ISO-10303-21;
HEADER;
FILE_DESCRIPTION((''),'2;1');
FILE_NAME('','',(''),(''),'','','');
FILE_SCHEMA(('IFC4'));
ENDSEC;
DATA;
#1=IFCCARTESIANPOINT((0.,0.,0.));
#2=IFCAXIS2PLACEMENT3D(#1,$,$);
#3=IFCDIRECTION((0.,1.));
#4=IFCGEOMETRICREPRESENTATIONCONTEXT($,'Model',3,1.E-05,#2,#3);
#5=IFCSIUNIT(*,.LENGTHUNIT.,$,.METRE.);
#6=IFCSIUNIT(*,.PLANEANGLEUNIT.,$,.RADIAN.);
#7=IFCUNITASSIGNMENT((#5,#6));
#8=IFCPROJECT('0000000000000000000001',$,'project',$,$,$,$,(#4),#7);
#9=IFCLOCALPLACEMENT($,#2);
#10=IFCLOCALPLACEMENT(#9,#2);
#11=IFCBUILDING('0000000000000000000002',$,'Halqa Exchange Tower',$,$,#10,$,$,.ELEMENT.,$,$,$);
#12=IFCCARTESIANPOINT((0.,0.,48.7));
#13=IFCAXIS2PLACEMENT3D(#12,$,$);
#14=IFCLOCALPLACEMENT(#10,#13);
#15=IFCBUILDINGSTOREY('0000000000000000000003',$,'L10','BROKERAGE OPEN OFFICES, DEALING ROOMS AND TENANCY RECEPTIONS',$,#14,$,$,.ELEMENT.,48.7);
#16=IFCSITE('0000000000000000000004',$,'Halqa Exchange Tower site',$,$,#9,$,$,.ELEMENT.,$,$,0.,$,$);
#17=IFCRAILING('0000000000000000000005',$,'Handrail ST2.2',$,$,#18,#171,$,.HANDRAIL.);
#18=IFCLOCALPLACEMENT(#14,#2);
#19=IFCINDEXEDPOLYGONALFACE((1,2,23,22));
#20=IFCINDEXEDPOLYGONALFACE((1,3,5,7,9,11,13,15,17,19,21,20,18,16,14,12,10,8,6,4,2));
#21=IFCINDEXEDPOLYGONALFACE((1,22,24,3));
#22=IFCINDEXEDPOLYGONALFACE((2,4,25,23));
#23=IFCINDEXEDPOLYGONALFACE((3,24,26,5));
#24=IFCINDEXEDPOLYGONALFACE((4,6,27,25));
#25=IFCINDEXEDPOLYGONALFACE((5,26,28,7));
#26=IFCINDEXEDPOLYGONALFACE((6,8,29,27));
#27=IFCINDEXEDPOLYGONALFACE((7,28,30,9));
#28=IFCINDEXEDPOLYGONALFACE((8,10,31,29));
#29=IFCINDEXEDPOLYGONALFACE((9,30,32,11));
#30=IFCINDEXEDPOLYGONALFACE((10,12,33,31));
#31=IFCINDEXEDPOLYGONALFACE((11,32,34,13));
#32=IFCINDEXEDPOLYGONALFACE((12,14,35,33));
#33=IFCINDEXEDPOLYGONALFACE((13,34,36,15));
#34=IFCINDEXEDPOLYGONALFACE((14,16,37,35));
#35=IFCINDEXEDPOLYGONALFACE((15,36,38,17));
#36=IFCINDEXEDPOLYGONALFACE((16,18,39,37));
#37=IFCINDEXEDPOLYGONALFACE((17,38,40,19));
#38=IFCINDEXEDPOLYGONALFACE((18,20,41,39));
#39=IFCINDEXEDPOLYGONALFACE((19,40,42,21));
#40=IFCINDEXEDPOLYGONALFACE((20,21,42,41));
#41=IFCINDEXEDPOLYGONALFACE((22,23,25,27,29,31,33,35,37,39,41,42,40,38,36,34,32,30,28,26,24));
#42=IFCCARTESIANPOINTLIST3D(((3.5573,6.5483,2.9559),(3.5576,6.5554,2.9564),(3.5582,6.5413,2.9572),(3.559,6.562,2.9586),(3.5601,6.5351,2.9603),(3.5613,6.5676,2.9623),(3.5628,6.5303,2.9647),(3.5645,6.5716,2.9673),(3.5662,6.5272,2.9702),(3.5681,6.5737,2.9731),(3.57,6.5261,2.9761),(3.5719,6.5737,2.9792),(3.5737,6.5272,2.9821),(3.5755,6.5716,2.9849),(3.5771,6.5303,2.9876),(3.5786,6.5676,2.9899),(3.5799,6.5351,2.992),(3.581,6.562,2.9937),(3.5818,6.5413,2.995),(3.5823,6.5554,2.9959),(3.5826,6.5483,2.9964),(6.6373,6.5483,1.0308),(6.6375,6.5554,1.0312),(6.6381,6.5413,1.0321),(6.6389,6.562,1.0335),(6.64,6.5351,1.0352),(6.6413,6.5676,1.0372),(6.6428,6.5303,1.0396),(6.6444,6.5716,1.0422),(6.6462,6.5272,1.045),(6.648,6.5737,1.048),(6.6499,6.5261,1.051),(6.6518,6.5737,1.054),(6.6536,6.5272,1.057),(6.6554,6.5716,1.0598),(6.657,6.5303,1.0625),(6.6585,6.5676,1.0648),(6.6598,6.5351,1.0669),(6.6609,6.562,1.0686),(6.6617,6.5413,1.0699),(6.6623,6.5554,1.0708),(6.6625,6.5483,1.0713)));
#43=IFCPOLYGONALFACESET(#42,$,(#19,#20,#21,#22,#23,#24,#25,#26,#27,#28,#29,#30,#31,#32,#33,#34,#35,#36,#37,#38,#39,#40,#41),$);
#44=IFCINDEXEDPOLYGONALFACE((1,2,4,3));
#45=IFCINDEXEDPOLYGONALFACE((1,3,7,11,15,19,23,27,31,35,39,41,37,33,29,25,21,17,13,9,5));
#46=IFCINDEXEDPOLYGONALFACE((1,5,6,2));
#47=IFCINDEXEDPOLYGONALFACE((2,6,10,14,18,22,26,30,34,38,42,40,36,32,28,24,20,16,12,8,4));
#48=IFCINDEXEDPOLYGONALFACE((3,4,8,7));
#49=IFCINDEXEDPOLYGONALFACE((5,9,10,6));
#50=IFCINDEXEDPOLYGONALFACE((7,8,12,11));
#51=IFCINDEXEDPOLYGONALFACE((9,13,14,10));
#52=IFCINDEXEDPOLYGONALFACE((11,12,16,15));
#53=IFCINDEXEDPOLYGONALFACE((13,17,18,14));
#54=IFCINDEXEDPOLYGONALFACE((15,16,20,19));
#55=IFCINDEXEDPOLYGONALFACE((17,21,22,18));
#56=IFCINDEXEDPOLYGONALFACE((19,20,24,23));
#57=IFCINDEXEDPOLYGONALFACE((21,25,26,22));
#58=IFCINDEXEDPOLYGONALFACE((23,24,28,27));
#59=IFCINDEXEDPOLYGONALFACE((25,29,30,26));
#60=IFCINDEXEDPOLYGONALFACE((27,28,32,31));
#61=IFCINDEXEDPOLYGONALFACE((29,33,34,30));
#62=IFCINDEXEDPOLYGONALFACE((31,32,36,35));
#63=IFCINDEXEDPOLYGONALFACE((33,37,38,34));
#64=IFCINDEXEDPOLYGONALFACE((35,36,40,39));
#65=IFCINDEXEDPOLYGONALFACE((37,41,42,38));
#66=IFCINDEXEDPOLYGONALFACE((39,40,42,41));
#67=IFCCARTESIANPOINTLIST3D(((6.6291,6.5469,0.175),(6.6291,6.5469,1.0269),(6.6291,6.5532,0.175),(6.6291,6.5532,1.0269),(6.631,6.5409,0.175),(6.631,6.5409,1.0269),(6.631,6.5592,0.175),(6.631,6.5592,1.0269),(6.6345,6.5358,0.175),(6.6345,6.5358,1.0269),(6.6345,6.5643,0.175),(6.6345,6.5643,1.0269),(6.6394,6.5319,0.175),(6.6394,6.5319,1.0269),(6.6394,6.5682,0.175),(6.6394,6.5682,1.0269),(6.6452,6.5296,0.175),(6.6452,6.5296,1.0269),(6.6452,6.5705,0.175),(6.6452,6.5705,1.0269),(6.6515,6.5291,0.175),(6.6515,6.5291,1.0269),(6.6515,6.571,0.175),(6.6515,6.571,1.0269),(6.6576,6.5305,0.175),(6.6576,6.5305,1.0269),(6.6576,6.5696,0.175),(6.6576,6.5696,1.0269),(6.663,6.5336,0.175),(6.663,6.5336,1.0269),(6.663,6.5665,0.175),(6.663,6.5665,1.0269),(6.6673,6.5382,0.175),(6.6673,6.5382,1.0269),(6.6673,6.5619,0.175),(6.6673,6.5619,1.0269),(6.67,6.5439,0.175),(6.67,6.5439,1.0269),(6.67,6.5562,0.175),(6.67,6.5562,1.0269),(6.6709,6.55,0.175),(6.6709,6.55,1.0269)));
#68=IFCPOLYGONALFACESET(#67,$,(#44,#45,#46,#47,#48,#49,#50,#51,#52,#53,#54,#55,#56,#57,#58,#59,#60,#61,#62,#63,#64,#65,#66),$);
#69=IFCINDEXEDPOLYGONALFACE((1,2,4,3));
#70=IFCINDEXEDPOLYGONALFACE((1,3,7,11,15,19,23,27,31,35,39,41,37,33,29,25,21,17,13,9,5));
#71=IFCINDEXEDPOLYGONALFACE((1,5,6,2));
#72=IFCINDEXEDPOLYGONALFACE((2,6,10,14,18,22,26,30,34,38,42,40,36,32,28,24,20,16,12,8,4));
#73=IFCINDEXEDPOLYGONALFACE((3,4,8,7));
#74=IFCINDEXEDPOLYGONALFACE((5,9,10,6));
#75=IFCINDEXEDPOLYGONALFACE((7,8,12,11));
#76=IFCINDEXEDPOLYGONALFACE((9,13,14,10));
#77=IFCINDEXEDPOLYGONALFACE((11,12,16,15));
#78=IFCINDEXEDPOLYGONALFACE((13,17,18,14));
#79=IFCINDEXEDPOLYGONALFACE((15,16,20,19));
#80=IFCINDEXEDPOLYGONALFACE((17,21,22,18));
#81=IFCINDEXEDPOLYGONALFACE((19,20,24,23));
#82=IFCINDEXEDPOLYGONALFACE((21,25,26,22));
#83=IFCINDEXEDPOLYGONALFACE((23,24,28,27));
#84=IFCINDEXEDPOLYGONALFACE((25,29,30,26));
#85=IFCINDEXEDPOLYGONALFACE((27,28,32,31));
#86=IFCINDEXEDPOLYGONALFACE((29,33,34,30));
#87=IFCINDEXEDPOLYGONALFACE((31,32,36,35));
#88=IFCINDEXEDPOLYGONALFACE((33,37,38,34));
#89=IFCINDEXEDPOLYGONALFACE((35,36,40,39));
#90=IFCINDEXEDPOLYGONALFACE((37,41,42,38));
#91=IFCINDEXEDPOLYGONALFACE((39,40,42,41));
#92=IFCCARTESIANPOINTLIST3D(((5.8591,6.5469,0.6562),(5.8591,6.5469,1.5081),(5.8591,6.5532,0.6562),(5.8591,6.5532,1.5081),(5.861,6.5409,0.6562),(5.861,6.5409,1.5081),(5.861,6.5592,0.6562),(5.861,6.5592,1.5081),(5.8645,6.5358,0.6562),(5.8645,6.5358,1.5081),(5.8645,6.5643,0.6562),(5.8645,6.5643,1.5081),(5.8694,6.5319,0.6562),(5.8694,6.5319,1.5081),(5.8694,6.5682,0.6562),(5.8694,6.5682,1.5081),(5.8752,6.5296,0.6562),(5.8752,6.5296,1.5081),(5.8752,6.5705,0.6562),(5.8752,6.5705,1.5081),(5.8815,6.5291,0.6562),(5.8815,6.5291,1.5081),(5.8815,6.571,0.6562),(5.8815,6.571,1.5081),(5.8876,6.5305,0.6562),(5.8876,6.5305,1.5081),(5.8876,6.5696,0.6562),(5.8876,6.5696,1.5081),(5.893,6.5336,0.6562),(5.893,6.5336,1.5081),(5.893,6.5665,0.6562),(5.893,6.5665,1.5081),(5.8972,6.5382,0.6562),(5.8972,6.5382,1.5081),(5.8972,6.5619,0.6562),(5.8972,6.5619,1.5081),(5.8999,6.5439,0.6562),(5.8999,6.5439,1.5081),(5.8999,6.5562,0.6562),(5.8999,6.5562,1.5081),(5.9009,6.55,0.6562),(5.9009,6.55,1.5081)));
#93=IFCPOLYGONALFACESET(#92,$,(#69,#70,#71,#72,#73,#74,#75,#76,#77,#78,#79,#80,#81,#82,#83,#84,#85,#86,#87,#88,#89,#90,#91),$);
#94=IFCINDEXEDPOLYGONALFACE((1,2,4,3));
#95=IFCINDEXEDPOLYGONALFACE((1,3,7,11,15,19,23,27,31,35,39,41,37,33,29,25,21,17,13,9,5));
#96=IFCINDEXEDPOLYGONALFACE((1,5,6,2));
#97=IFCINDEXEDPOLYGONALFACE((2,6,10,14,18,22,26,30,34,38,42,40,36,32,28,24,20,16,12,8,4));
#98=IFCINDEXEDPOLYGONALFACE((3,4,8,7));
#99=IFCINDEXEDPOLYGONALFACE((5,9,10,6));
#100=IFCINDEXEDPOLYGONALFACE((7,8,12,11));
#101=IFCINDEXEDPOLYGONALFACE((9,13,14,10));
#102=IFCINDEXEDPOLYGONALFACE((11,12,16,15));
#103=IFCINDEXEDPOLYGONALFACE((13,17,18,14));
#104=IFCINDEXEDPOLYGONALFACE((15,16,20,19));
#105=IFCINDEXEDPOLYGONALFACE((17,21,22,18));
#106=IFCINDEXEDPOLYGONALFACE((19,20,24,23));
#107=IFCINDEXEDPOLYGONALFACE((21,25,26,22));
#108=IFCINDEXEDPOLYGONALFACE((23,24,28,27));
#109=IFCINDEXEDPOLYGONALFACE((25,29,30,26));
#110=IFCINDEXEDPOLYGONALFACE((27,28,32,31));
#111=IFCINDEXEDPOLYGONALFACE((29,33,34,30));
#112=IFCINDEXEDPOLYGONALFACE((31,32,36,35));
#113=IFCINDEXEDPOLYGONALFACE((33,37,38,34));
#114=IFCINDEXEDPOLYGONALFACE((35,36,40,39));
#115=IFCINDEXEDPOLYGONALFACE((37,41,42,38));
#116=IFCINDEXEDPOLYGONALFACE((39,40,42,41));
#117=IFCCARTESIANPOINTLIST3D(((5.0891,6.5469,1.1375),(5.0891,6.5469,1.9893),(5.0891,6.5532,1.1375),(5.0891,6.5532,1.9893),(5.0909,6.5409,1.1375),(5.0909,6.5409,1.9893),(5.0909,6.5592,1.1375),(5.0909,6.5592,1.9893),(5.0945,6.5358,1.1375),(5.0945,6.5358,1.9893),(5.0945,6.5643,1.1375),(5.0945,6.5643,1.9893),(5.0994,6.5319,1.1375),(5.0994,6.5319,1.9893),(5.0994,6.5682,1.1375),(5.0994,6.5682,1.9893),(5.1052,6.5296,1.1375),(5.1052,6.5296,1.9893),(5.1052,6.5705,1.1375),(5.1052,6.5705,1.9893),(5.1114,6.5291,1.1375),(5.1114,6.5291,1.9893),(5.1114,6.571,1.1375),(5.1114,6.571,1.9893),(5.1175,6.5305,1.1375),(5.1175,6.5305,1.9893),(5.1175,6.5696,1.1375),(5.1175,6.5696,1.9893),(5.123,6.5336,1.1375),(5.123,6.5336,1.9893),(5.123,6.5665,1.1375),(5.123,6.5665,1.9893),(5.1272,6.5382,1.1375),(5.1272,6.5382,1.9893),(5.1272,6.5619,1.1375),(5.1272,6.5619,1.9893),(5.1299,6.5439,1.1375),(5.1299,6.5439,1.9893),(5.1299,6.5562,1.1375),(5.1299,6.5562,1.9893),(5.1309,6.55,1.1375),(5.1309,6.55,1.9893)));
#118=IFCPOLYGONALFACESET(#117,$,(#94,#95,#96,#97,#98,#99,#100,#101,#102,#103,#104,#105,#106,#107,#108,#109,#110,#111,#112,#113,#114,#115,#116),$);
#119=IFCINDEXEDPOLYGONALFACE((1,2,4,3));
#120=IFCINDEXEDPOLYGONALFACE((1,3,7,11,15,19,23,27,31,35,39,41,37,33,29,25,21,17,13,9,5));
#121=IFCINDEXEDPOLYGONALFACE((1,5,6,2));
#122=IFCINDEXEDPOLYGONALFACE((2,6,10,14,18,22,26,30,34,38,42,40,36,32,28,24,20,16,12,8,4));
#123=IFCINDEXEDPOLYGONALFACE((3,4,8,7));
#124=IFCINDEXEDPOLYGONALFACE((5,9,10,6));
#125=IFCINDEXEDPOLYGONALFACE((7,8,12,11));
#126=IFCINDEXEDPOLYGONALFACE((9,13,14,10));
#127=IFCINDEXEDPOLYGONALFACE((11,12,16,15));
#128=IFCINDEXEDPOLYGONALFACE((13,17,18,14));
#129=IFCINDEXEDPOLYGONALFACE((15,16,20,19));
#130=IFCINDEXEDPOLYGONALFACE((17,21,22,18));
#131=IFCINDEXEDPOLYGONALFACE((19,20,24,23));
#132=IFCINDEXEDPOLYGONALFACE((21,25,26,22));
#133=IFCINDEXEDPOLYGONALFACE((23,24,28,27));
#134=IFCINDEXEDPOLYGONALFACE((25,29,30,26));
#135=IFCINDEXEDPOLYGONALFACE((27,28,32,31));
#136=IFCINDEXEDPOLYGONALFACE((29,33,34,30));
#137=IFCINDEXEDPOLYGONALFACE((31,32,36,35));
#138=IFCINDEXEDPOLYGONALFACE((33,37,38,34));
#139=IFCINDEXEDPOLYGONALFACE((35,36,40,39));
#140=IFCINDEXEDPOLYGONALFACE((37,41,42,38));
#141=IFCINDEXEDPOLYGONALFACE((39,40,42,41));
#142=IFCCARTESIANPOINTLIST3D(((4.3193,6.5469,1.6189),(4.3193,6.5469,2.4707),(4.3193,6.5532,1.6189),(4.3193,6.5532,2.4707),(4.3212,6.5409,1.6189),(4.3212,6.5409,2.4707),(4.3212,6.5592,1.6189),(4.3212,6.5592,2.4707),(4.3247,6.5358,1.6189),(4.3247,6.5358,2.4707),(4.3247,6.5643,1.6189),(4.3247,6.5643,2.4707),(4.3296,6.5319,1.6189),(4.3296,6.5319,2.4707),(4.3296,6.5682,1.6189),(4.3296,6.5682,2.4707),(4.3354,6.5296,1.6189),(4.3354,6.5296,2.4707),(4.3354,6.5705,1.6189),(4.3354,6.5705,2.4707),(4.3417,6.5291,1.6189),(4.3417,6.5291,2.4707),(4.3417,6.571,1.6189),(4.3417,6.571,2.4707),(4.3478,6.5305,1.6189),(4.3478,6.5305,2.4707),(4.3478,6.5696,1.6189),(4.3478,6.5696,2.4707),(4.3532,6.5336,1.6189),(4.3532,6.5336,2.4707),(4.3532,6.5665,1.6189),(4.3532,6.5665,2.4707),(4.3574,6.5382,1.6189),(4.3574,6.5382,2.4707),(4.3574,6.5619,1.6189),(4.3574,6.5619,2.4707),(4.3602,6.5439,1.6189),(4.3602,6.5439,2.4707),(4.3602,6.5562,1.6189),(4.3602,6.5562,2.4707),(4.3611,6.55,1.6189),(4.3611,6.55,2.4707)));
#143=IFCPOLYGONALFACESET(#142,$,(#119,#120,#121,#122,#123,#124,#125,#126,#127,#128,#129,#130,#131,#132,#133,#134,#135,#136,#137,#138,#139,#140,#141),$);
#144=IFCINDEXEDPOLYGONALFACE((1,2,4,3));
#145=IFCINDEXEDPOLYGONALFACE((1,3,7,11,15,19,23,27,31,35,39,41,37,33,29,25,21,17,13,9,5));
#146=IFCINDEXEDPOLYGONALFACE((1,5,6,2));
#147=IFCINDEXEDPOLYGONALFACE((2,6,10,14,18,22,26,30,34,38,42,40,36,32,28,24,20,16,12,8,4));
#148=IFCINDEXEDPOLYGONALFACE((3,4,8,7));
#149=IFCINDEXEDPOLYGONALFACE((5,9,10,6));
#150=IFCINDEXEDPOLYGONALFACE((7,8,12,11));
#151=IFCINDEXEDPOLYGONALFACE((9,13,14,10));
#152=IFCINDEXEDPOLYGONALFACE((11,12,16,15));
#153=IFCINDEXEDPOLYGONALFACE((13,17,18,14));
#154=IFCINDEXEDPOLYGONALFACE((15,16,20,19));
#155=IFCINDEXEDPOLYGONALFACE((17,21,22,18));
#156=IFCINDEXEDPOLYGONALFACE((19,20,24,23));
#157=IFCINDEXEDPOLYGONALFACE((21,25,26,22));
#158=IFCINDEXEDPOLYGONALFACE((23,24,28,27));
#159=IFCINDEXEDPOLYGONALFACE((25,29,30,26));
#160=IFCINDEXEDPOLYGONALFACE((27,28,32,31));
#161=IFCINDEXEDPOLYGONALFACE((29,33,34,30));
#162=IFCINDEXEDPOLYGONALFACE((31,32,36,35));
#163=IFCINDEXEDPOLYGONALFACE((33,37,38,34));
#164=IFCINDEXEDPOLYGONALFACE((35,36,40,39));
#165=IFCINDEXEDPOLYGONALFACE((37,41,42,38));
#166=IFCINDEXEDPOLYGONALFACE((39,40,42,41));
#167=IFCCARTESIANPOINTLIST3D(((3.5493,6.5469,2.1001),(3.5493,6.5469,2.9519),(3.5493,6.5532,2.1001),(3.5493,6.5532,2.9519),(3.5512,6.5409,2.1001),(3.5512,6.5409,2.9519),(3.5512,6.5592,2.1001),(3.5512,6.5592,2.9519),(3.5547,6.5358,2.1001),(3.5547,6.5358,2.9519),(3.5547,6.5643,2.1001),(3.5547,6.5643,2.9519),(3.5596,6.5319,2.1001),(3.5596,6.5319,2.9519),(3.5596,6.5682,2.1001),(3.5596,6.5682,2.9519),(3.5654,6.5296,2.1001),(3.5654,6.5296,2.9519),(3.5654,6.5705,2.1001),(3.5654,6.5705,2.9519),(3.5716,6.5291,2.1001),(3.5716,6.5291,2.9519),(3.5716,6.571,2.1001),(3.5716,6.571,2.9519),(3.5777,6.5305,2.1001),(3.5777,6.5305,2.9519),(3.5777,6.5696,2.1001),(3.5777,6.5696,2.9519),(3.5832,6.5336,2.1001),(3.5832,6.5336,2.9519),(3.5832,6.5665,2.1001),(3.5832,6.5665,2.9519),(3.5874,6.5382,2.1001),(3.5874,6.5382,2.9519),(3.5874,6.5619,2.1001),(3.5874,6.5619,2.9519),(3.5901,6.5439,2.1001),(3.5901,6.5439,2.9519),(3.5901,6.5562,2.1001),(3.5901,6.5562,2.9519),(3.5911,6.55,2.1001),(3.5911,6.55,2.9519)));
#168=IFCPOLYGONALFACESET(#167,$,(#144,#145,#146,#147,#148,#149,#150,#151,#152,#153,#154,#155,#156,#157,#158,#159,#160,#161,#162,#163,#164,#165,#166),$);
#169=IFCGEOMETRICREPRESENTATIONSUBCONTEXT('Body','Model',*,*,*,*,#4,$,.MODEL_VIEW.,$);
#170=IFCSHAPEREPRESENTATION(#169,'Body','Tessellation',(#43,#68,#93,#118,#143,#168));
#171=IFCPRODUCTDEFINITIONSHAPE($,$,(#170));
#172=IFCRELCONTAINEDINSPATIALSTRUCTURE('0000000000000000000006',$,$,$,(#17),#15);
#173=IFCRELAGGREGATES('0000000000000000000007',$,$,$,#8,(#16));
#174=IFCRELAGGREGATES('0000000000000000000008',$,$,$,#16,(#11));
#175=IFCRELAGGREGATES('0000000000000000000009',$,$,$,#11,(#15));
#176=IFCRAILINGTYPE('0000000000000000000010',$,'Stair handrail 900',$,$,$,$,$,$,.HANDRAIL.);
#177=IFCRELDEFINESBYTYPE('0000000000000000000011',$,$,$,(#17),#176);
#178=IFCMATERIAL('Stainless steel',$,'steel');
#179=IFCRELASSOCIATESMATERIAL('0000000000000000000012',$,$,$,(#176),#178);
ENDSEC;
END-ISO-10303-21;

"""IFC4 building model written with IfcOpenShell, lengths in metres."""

from ifc_helpers import new_model, si_unit, direction, frame, origin, origin_2d, place, context, subcontext, project, spatial, circle, extrude, material, type_object, element, save


model = new_model("IFC4")

# Units and contexts
model_context = context("Model", 3, precision=1e-05, world=origin(), true_north=direction((0.0, 1.0)))
body_context = subcontext(model_context, "Body", "Model", "MODEL_VIEW")
ifc_project = project(units=[si_unit("LENGTHUNIT", "METRE"), si_unit("PLANEANGLEUNIT", "RADIAN")], contexts=[model_context])

# Site, building, storey
site_placement = place(None, origin())
site = spatial("IfcSite", under=ifc_project, at=site_placement, Name="Halqa Exchange Tower site", CompositionType="ELEMENT", RefElevation=0.0)
building_placement = place(site_placement, origin())
building = spatial("IfcBuilding", under=site, at=building_placement, Name="Halqa Exchange Tower", CompositionType="ELEMENT")
storey_placement = place(building_placement, frame((0.0, 0.0, 48.7)))
storey = spatial("IfcBuildingStorey", under=building, at=storey_placement, Name="L10", Description="BROKERAGE OPEN OFFICES, DEALING ROOMS AND TENANCY RECEPTIONS", CompositionType="ELEMENT", Elevation=48.7)

# Railing
ifc_material_1 = material(Name="Stainless steel", Category="steel")
railing_type_1 = type_object("IfcRailingType", Name="Stair handrail 900", PredefinedType="HANDRAIL", material=ifc_material_1)
railing_1_placement = place(storey_placement, frame((6.6499, 6.55, 0.175)))
element("IfcRailing", 1, at=railing_1_placement, inside=storey, type_object=railing_type_1, Name="Handrail ST2.2", PredefinedType="HANDRAIL", context=body_context, shape_type="SweptSolid", body=[
    extrude(circle(Radius=0.0239, at=origin_2d()), frame((0.0, 0.0, 0.876), z_axis=(-0.847979, 0.0, 0.530029), x_axis=(0.0, -1.0, 0.0)), (0.0, 0.0, 1.0), 3.6321),
    extrude(circle(Radius=0.021, at=origin_2d()), origin(), (0.0, 0.0, 1.0), 0.8518),
    extrude(circle(Radius=0.021, at=origin_2d()), frame((-0.77, 0.0, 0.4812)), (0.0, 0.0, 1.0), 0.8518),
    extrude(circle(Radius=0.021, at=origin_2d()), frame((-1.54, 0.0, 0.9624)), (0.0, 0.0, 1.0), 0.8518),
    extrude(circle(Radius=0.021, at=origin_2d()), frame((-2.3098, 0.0, 1.4438)), (0.0, 0.0, 1.0), 0.8518),
    extrude(circle(Radius=0.021, at=origin_2d()), frame((-3.0798, 0.0, 1.925)), (0.0, 0.0, 1.0), 0.8518),
])

save(model, "model.ifc")
